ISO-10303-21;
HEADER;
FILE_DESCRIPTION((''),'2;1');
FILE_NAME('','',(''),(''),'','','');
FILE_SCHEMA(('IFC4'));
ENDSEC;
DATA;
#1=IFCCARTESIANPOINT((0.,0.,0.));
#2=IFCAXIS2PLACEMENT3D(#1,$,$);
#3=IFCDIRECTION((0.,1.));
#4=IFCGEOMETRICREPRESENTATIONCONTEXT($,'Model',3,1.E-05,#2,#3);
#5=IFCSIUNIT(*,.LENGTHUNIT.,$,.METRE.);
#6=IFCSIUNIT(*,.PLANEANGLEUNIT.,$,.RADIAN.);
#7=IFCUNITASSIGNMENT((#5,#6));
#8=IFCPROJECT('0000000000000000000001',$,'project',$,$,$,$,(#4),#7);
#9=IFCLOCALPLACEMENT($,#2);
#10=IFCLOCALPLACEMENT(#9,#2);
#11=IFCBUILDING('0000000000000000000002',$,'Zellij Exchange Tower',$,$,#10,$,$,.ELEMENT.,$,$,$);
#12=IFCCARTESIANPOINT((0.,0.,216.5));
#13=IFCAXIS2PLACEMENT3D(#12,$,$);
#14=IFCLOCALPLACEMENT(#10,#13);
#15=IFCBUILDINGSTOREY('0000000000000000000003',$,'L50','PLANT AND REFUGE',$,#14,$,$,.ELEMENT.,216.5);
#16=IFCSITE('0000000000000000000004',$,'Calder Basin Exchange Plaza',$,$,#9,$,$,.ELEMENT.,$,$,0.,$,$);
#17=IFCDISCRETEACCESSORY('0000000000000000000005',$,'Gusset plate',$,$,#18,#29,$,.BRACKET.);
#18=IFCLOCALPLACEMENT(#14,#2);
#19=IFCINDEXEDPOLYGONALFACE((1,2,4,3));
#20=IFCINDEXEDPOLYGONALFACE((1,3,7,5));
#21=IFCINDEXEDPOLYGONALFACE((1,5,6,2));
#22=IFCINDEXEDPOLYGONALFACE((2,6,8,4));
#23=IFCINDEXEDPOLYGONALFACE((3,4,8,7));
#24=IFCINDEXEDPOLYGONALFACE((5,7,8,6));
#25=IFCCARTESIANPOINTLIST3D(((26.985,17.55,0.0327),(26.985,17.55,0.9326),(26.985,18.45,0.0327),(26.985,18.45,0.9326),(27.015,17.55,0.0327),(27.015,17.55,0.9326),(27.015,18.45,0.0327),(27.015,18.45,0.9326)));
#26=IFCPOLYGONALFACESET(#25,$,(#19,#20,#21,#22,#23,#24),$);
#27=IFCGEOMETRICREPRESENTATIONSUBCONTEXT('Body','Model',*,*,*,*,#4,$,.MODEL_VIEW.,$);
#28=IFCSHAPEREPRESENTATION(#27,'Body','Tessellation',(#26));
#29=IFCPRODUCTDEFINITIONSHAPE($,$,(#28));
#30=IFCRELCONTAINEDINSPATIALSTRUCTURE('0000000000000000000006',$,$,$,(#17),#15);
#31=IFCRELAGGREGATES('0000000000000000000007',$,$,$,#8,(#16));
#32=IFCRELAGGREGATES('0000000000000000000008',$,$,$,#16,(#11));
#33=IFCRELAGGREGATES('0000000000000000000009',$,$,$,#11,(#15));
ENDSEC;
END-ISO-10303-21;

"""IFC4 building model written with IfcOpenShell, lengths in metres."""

from ifc_helpers import new_model, si_unit, direction, frame, origin, origin_2d, place, context, subcontext, project, spatial, rectangle, extrude, element, save


model = new_model("IFC4")

# Units and contexts
model_context = context("Model", 3, precision=1e-05, world=origin(), true_north=direction((0.0, 1.0)))
body_context = subcontext(model_context, "Body", "Model", "MODEL_VIEW")
ifc_project = project(units=[si_unit("LENGTHUNIT", "METRE"), si_unit("PLANEANGLEUNIT", "RADIAN")], contexts=[model_context])

# Site, building, storey
site_placement = place(None, origin())
site = spatial("IfcSite", under=ifc_project, at=site_placement, Name="Calder Basin Exchange Plaza", CompositionType="ELEMENT", RefElevation=0.0)
building_placement = place(site_placement, origin())
building = spatial("IfcBuilding", under=site, at=building_placement, Name="Zellij Exchange Tower", CompositionType="ELEMENT")
storey_placement = place(building_placement, frame((0.0, 0.0, 216.5)))
storey = spatial("IfcBuildingStorey", under=building, at=storey_placement, Name="L50", Description="PLANT AND REFUGE", CompositionType="ELEMENT", Elevation=216.5)

# Discrete accessory
for number, where, z_axis, x_axis, name in (
    (1, (27.0, 18.0, 0.0327), (0.0, 0.0, 1.0), (0.0, 1.0, 0.0), "Gusset plate"),
):
    element("IfcDiscreteAccessory", number, at=place(storey_placement, frame(where, z_axis=z_axis, x_axis=x_axis)), inside=storey, Name=name, PredefinedType="BRACKET", context=body_context, shape_type="SweptSolid", body=[
        extrude(rectangle(XDim=0.8999, YDim=0.03, at=origin_2d()), origin(), (0.0, 0.0, 1.0), 0.8999),
    ])

save(model, "model.ifc")
